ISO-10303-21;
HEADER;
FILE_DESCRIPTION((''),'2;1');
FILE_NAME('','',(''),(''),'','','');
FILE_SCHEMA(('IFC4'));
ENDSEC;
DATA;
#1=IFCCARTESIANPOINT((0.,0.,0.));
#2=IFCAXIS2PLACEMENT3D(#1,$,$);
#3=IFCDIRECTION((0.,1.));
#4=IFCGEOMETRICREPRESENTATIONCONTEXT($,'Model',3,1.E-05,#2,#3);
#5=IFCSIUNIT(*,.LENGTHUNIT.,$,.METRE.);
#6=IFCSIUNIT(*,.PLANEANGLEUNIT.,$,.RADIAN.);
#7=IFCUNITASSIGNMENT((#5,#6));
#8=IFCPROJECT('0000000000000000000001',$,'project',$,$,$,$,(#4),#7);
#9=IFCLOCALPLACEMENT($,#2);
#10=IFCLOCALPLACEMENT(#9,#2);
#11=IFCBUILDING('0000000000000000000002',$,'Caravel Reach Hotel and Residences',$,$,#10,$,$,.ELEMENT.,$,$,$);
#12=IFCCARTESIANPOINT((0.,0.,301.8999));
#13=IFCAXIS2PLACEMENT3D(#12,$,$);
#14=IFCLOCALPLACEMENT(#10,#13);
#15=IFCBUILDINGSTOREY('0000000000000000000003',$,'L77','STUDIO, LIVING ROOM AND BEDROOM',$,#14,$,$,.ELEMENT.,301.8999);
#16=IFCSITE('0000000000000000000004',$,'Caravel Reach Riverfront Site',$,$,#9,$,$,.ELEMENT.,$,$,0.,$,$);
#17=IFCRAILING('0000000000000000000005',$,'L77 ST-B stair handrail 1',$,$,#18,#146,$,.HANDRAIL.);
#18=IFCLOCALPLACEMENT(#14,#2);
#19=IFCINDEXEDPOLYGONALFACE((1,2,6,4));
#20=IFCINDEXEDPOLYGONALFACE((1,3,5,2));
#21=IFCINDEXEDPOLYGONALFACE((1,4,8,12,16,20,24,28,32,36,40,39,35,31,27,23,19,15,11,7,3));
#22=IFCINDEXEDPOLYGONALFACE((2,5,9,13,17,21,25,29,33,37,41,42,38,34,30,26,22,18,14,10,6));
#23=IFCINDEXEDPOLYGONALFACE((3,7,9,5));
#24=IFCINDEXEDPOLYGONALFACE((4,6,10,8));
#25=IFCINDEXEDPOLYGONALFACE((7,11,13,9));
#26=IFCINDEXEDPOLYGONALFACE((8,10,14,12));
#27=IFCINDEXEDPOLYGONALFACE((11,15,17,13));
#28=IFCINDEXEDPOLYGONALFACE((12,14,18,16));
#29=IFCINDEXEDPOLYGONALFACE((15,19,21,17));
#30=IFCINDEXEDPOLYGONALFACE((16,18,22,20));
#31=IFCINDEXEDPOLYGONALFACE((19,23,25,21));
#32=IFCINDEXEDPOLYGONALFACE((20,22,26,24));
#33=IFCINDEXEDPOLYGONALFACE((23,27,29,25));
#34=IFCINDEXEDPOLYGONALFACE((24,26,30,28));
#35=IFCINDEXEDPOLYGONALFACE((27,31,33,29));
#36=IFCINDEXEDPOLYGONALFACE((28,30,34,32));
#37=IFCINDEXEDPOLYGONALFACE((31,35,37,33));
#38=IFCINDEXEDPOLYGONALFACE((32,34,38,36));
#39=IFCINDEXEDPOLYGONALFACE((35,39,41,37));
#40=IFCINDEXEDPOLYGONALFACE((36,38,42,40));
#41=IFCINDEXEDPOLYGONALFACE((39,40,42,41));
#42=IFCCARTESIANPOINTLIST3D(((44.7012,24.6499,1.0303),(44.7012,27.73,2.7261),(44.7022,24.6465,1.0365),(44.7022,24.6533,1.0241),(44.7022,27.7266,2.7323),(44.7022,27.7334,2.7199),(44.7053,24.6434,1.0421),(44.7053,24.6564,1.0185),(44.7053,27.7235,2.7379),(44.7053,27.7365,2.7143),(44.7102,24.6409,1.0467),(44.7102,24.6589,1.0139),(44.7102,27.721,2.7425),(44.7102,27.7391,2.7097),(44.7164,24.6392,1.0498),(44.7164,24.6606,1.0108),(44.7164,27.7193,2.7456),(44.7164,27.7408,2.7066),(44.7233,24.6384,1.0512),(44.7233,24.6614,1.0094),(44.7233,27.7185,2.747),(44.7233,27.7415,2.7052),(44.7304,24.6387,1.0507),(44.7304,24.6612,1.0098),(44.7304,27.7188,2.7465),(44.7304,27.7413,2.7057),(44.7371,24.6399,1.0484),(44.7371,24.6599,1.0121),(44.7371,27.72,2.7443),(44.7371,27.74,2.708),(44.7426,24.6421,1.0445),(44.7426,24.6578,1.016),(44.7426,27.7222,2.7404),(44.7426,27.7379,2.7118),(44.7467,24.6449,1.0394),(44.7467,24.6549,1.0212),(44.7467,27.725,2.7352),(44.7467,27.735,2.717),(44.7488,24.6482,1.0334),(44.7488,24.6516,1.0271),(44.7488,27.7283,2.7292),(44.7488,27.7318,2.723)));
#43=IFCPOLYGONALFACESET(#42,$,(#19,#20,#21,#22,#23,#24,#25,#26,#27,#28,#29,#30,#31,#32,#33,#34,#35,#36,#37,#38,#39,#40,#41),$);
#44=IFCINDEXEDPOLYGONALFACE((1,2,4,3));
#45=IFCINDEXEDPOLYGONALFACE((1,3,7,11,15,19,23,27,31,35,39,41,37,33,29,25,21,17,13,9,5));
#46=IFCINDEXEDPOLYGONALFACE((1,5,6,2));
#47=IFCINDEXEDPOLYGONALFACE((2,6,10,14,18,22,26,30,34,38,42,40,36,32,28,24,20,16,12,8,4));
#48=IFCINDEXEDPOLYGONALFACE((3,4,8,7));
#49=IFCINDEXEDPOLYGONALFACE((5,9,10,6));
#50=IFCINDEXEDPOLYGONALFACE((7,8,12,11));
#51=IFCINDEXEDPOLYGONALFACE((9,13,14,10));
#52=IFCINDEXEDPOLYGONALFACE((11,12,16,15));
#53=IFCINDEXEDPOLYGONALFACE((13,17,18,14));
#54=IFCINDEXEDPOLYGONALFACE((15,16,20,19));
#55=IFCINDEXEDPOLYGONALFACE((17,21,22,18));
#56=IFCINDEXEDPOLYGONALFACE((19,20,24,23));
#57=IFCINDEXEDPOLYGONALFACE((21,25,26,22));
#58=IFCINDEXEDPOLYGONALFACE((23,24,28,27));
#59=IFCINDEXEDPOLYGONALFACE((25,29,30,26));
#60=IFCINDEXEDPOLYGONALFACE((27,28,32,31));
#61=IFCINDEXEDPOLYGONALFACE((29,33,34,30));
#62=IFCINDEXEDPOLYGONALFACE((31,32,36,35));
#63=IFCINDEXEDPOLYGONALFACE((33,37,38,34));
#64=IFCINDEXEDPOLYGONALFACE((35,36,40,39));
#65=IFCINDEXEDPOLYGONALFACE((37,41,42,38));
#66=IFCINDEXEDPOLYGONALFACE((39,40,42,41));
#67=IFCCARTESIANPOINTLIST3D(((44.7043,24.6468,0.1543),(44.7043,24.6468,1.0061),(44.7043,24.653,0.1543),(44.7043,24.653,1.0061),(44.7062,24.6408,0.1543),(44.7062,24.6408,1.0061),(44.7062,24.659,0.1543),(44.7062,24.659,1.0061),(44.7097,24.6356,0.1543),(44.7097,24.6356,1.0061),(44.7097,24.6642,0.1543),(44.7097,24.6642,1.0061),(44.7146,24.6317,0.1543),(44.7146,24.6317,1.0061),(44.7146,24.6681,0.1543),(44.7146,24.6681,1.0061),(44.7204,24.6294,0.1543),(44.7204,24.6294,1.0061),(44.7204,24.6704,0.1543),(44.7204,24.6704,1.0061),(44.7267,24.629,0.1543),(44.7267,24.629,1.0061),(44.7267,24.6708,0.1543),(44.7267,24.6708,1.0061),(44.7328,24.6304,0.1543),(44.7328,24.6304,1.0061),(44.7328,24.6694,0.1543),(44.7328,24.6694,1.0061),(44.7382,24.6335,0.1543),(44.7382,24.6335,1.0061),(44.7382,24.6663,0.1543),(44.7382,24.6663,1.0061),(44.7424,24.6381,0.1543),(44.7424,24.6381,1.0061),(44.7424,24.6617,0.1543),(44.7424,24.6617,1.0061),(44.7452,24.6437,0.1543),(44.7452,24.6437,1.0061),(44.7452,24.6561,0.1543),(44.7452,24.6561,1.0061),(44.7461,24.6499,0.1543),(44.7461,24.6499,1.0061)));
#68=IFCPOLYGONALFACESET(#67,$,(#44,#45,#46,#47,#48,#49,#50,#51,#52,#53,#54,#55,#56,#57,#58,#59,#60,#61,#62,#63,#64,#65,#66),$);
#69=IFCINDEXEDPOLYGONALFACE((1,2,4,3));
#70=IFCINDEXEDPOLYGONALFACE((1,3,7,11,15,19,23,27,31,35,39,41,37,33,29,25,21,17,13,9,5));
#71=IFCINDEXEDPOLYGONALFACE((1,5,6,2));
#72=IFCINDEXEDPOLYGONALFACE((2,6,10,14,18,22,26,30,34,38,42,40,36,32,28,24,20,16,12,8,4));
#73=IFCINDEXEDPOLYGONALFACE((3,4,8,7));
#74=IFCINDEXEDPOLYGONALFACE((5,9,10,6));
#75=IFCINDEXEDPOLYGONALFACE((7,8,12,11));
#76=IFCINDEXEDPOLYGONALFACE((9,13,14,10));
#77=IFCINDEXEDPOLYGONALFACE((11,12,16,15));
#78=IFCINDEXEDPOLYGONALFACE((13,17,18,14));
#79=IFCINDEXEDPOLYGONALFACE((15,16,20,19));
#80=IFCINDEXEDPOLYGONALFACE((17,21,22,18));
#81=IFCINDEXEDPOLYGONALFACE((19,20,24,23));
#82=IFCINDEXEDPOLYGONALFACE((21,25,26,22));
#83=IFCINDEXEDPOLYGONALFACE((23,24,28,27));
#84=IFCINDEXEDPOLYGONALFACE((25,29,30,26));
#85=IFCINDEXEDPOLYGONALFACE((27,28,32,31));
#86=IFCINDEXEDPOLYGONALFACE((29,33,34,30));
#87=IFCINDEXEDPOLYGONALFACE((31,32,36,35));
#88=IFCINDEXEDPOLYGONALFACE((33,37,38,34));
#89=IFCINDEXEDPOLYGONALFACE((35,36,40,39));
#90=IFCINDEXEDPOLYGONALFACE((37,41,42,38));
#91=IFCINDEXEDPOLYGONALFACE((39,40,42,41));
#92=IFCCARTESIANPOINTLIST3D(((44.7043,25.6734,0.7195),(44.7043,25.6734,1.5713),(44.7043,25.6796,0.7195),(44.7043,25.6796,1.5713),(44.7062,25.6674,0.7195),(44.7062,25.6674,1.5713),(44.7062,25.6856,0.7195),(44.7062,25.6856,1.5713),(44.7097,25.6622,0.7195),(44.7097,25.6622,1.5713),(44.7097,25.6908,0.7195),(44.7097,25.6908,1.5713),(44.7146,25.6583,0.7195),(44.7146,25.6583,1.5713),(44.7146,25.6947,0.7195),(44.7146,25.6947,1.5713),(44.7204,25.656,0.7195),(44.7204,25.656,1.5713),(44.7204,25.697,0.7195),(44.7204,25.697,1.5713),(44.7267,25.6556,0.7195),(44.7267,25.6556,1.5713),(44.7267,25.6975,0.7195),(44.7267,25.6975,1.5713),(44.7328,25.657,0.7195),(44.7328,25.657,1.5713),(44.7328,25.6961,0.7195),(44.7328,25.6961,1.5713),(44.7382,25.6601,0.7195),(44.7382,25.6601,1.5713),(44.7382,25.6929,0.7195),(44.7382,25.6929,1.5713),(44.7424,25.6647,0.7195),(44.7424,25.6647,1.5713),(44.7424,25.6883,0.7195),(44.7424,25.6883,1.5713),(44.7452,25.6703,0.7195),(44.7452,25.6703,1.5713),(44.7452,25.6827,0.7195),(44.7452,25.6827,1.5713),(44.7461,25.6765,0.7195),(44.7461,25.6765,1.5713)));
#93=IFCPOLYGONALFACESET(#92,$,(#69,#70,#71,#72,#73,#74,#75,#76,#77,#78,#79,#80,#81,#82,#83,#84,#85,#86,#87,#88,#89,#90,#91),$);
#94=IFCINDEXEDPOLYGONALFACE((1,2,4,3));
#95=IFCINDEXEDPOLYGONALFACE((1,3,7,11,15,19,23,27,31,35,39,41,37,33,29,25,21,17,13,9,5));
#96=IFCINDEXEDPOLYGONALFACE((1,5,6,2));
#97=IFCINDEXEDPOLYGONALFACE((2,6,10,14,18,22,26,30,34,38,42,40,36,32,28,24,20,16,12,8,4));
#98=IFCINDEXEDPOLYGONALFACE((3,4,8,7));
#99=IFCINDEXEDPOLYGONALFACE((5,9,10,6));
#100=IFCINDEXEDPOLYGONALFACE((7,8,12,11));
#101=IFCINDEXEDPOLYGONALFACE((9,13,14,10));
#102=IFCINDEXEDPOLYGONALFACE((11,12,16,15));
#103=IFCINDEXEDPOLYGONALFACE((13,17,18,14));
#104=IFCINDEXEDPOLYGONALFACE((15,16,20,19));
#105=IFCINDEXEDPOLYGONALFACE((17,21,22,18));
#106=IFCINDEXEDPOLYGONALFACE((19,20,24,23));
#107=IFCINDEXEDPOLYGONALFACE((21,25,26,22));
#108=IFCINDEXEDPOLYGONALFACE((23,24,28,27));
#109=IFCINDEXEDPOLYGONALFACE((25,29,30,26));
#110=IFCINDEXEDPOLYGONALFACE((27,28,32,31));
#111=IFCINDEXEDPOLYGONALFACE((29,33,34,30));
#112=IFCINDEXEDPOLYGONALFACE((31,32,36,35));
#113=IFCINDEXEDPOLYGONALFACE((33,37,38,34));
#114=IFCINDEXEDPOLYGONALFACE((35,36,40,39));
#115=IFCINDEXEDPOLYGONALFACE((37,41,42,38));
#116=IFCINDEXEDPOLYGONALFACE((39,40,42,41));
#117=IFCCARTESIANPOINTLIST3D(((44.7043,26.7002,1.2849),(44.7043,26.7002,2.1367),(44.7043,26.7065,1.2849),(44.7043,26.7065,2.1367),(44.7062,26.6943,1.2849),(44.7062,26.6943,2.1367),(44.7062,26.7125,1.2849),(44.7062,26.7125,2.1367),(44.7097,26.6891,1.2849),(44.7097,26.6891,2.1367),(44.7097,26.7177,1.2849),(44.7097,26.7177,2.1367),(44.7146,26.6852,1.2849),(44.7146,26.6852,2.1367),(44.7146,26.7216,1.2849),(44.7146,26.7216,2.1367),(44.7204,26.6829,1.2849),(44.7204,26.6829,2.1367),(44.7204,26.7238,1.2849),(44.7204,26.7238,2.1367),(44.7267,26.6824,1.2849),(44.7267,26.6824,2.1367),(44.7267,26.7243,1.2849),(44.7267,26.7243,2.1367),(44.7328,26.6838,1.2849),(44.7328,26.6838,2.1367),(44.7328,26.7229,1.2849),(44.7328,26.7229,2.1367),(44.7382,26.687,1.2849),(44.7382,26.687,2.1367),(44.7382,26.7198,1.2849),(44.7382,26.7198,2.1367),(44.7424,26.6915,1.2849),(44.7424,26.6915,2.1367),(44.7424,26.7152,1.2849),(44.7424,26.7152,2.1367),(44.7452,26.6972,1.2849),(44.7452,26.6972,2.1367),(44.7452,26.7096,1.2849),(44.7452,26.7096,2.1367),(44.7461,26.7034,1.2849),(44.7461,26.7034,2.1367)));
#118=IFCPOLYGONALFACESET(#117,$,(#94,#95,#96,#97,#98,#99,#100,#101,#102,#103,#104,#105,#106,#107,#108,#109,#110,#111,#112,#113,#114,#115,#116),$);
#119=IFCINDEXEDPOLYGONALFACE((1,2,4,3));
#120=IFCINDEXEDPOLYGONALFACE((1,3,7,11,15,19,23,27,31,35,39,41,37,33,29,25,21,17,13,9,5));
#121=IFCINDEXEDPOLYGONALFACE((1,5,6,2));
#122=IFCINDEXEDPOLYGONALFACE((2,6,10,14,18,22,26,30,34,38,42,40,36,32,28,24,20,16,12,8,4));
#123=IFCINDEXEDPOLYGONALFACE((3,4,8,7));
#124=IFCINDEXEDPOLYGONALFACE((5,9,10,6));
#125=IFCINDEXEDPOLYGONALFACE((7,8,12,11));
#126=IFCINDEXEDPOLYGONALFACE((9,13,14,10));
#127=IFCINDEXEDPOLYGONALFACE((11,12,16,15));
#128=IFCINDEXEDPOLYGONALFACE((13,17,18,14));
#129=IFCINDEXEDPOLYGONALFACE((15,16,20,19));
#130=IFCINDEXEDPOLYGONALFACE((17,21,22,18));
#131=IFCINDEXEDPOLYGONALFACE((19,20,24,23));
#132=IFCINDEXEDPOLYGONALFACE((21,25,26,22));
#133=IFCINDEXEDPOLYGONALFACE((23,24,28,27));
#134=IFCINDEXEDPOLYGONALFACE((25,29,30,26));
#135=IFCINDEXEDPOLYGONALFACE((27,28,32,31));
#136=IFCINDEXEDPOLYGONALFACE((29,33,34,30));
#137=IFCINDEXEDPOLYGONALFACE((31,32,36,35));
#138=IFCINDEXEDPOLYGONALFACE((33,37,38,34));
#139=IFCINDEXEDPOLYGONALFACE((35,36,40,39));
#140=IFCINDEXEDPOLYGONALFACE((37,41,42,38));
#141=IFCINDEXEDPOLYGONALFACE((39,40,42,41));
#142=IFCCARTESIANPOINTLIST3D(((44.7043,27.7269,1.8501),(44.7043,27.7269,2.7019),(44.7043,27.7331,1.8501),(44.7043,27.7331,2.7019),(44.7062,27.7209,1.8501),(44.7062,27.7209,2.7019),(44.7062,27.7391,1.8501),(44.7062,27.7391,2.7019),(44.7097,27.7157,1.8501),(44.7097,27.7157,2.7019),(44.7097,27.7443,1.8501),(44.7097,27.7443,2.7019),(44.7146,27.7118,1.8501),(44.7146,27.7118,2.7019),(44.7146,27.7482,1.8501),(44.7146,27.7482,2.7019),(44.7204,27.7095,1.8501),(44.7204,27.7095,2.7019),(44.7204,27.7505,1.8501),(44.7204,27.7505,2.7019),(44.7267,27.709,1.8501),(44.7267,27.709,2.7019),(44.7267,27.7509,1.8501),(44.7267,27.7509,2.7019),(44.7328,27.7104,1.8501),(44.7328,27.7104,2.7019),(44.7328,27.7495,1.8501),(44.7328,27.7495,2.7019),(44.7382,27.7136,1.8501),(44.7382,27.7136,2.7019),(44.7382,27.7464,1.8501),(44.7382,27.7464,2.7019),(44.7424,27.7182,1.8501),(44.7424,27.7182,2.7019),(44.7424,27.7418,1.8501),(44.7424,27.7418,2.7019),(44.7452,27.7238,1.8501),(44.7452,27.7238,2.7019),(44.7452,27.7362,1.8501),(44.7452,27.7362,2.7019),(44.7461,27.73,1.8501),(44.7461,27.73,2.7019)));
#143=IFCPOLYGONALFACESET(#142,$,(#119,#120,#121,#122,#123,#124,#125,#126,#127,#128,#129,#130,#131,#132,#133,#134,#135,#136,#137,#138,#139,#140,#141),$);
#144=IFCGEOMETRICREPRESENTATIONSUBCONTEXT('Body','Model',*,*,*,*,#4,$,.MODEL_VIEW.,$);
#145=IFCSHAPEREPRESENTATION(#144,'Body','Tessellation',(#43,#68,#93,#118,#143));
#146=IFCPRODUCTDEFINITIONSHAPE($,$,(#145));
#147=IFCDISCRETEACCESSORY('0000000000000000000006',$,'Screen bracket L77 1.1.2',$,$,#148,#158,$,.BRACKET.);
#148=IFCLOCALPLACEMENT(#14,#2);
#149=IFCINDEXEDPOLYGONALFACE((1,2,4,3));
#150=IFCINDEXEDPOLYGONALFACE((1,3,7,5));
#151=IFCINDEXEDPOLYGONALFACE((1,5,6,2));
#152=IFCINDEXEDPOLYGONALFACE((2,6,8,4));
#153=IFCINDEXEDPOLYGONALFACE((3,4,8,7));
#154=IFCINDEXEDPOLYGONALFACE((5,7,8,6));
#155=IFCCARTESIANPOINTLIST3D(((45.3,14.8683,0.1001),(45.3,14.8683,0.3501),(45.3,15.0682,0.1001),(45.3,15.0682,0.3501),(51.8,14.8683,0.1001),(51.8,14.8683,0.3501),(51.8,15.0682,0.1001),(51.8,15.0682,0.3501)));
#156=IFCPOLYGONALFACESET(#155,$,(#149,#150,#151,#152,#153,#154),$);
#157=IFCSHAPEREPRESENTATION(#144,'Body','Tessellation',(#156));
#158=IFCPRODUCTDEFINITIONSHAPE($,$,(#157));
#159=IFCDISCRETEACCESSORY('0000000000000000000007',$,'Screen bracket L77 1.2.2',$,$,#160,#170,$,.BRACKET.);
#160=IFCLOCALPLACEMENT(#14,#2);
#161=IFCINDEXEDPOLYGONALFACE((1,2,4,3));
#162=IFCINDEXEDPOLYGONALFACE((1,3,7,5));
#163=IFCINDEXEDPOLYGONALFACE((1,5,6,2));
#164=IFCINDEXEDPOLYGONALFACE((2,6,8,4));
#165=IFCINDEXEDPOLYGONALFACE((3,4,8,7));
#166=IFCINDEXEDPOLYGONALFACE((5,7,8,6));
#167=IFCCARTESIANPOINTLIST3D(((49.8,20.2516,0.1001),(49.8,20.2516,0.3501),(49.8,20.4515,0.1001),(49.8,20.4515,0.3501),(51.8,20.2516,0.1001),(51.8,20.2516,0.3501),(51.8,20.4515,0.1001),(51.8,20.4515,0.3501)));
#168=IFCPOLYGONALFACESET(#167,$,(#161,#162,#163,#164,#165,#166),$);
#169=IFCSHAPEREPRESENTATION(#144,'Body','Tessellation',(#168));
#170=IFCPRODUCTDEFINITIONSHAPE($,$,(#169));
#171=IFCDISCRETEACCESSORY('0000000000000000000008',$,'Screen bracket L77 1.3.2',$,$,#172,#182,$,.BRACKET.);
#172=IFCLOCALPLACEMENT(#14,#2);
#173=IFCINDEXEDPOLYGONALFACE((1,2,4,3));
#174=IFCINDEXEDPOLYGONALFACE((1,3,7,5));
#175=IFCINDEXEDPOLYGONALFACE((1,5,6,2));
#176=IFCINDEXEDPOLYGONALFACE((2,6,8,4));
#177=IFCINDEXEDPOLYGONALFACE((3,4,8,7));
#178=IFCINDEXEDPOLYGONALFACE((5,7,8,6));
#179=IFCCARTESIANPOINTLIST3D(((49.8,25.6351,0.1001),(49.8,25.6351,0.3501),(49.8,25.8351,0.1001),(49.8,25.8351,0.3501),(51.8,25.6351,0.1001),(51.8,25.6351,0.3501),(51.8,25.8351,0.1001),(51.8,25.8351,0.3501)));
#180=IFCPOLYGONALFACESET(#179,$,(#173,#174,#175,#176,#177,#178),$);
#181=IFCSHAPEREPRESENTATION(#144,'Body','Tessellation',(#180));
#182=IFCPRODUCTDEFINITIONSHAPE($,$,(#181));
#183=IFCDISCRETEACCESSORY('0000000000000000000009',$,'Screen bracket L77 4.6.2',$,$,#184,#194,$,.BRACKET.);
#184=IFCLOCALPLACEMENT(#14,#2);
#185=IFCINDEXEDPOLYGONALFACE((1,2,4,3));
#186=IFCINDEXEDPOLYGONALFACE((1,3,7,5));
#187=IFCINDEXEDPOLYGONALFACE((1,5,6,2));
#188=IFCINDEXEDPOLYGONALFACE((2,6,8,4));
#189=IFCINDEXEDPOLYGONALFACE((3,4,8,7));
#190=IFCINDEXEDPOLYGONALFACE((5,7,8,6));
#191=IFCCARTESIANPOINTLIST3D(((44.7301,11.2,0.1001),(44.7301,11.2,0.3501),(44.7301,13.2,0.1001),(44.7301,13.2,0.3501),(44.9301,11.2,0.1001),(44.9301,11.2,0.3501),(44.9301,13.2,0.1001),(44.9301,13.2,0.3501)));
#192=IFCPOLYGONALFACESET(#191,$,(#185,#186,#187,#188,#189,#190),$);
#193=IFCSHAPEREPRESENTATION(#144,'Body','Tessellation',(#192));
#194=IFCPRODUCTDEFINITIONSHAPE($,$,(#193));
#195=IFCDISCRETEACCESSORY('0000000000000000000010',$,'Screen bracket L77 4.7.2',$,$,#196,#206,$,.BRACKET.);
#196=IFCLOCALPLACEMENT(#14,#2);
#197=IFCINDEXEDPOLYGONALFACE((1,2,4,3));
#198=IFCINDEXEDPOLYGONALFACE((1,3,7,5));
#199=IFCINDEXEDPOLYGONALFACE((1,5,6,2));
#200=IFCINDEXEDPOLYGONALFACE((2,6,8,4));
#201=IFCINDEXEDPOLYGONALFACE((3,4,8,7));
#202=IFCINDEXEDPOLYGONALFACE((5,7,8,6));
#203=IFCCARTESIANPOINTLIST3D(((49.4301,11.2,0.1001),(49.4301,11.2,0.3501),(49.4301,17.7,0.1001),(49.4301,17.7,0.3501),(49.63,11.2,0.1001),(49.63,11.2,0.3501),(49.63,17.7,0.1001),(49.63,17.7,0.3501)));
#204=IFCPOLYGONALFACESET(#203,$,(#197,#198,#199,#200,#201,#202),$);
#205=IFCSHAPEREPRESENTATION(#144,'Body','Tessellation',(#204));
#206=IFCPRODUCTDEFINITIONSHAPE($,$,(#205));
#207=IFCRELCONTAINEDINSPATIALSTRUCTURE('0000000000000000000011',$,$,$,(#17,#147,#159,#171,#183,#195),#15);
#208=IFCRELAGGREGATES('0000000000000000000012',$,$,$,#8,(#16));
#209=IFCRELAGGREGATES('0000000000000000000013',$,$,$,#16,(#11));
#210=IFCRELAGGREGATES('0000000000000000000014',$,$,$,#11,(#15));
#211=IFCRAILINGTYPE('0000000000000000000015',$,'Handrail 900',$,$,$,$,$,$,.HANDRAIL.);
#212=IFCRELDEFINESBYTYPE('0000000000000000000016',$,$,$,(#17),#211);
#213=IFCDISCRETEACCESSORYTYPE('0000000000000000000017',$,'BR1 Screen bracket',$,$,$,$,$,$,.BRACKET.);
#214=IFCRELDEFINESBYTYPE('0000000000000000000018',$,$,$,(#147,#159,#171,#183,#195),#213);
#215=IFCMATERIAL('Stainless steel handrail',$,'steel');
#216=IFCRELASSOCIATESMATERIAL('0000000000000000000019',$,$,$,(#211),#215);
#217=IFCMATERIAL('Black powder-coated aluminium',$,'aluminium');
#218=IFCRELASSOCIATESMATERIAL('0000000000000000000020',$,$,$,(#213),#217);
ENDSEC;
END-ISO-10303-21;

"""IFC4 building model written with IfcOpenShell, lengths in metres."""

from ifc_helpers import new_model, si_unit, direction, frame, origin, origin_2d, place, context, subcontext, project, spatial, rectangle, circle, extrude, material, type_object, element, save


model = new_model("IFC4")

# Units and contexts
model_context = context("Model", 3, precision=1e-05, world=origin(), true_north=direction((0.0, 1.0)))
body_context = subcontext(model_context, "Body", "Model", "MODEL_VIEW")
ifc_project = project(units=[si_unit("LENGTHUNIT", "METRE"), si_unit("PLANEANGLEUNIT", "RADIAN")], contexts=[model_context])

# Site, building, storey
site_placement = place(None, origin())
site = spatial("IfcSite", under=ifc_project, at=site_placement, Name="Caravel Reach Riverfront Site", CompositionType="ELEMENT", RefElevation=0.0)
building_placement = place(site_placement, origin())
building = spatial("IfcBuilding", under=site, at=building_placement, Name="Caravel Reach Hotel and Residences", CompositionType="ELEMENT")
storey_placement = place(building_placement, frame((0.0, 0.0, 301.8999)))
storey = spatial("IfcBuildingStorey", under=building, at=storey_placement, Name="L77", Description="STUDIO, LIVING ROOM AND BEDROOM", CompositionType="ELEMENT", Elevation=301.8999)

# Railing
ifc_material_1 = material(Name="Stainless steel handrail", Category="steel")
railing_type = type_object("IfcRailingType", Name="Handrail 900", PredefinedType="HANDRAIL", material=ifc_material_1)
railing_placement = place(storey_placement, frame((44.7251, 24.6499, 0.1543)))
element("IfcRailing", 1, at=railing_placement, inside=storey, type_object=railing_type, Name="L77 ST-B stair handrail 1", PredefinedType="HANDRAIL", context=body_context, shape_type="SweptSolid", body=[
    extrude(circle(Radius=0.0239, at=origin_2d()), frame((0.0, 0.0, 0.876), z_axis=(0.0, 0.876005, 0.482303), x_axis=(-1.0, 0.0, 0.0)), (0.0, 0.0, 1.0), 3.5161),
    extrude(circle(Radius=0.021, at=origin_2d()), origin(), (0.0, 0.0, 1.0), 0.8518),
    extrude(circle(Radius=0.021, at=origin_2d()), frame((0.0, 1.0266, 0.5652)), (0.0, 0.0, 1.0), 0.8518),
    extrude(circle(Radius=0.021, at=origin_2d()), frame((0.0, 2.0535, 1.1306)), (0.0, 0.0, 1.0), 0.8518),
    extrude(circle(Radius=0.021, at=origin_2d()), frame((0.0, 3.0801, 1.6958)), (0.0, 0.0, 1.0), 0.8518),
])

# Discrete accessories
ifc_material_2 = material(Name="Black powder-coated aluminium", Category="aluminium")
discrete_accessory_type = type_object("IfcDiscreteAccessoryType", Name="BR1 Screen bracket", PredefinedType="BRACKET", material=ifc_material_2)
discrete_accessory_1_placement = place(storey_placement, frame((48.55, 14.9683, 0.1001), z_axis=(0.0, 0.0, 1.0), x_axis=(1.0, 0.0, 0.0)))
element("IfcDiscreteAccessory", 2, at=discrete_accessory_1_placement, inside=storey, type_object=discrete_accessory_type, Name="Screen bracket L77 1.1.2", PredefinedType="BRACKET", context=body_context, shape_type="SweptSolid", body=[
    extrude(rectangle(XDim=6.5, YDim=0.2, at=origin_2d()), origin(), (0.0, 0.0, 1.0), 0.25),
])
for number, where, z_axis, x_axis, name in (
    (3, (50.8, 20.3516, 0.1001), (0.0, 0.0, 1.0), (1.0, 0.0, 0.0), "Screen bracket L77 1.2.2"),
    (4, (50.8, 25.7351, 0.1001), (0.0, 0.0, 1.0), (1.0, 0.0, 0.0), "Screen bracket L77 1.3.2"),
    (5, (44.8301, 12.2, 0.1001), (0.0, 0.0, 1.0), (0.0, -1.0, 0.0), "Screen bracket L77 4.6.2"),
):
    element("IfcDiscreteAccessory", number, at=place(storey_placement, frame(where, z_axis=z_axis, x_axis=x_axis)), inside=storey, type_object=discrete_accessory_type, Name=name, PredefinedType="BRACKET", context=body_context, shape_type="SweptSolid", body=[
        extrude(rectangle(XDim=2.0, YDim=0.2, at=origin_2d()), origin(), (0.0, 0.0, 1.0), 0.25),
    ])
discrete_accessory_2_placement = place(storey_placement, frame((49.53, 14.45, 0.1001), z_axis=(0.0, 0.0, 1.0), x_axis=(0.0, -1.0, 0.0)))
element("IfcDiscreteAccessory", 6, at=discrete_accessory_2_placement, inside=storey, type_object=discrete_accessory_type, Name="Screen bracket L77 4.7.2", PredefinedType="BRACKET", context=body_context, shape_type="SweptSolid", body=[
    extrude(rectangle(XDim=6.5, YDim=0.2, at=origin_2d()), origin(), (0.0, 0.0, 1.0), 0.25),
])

save(model, "model.ifc")
